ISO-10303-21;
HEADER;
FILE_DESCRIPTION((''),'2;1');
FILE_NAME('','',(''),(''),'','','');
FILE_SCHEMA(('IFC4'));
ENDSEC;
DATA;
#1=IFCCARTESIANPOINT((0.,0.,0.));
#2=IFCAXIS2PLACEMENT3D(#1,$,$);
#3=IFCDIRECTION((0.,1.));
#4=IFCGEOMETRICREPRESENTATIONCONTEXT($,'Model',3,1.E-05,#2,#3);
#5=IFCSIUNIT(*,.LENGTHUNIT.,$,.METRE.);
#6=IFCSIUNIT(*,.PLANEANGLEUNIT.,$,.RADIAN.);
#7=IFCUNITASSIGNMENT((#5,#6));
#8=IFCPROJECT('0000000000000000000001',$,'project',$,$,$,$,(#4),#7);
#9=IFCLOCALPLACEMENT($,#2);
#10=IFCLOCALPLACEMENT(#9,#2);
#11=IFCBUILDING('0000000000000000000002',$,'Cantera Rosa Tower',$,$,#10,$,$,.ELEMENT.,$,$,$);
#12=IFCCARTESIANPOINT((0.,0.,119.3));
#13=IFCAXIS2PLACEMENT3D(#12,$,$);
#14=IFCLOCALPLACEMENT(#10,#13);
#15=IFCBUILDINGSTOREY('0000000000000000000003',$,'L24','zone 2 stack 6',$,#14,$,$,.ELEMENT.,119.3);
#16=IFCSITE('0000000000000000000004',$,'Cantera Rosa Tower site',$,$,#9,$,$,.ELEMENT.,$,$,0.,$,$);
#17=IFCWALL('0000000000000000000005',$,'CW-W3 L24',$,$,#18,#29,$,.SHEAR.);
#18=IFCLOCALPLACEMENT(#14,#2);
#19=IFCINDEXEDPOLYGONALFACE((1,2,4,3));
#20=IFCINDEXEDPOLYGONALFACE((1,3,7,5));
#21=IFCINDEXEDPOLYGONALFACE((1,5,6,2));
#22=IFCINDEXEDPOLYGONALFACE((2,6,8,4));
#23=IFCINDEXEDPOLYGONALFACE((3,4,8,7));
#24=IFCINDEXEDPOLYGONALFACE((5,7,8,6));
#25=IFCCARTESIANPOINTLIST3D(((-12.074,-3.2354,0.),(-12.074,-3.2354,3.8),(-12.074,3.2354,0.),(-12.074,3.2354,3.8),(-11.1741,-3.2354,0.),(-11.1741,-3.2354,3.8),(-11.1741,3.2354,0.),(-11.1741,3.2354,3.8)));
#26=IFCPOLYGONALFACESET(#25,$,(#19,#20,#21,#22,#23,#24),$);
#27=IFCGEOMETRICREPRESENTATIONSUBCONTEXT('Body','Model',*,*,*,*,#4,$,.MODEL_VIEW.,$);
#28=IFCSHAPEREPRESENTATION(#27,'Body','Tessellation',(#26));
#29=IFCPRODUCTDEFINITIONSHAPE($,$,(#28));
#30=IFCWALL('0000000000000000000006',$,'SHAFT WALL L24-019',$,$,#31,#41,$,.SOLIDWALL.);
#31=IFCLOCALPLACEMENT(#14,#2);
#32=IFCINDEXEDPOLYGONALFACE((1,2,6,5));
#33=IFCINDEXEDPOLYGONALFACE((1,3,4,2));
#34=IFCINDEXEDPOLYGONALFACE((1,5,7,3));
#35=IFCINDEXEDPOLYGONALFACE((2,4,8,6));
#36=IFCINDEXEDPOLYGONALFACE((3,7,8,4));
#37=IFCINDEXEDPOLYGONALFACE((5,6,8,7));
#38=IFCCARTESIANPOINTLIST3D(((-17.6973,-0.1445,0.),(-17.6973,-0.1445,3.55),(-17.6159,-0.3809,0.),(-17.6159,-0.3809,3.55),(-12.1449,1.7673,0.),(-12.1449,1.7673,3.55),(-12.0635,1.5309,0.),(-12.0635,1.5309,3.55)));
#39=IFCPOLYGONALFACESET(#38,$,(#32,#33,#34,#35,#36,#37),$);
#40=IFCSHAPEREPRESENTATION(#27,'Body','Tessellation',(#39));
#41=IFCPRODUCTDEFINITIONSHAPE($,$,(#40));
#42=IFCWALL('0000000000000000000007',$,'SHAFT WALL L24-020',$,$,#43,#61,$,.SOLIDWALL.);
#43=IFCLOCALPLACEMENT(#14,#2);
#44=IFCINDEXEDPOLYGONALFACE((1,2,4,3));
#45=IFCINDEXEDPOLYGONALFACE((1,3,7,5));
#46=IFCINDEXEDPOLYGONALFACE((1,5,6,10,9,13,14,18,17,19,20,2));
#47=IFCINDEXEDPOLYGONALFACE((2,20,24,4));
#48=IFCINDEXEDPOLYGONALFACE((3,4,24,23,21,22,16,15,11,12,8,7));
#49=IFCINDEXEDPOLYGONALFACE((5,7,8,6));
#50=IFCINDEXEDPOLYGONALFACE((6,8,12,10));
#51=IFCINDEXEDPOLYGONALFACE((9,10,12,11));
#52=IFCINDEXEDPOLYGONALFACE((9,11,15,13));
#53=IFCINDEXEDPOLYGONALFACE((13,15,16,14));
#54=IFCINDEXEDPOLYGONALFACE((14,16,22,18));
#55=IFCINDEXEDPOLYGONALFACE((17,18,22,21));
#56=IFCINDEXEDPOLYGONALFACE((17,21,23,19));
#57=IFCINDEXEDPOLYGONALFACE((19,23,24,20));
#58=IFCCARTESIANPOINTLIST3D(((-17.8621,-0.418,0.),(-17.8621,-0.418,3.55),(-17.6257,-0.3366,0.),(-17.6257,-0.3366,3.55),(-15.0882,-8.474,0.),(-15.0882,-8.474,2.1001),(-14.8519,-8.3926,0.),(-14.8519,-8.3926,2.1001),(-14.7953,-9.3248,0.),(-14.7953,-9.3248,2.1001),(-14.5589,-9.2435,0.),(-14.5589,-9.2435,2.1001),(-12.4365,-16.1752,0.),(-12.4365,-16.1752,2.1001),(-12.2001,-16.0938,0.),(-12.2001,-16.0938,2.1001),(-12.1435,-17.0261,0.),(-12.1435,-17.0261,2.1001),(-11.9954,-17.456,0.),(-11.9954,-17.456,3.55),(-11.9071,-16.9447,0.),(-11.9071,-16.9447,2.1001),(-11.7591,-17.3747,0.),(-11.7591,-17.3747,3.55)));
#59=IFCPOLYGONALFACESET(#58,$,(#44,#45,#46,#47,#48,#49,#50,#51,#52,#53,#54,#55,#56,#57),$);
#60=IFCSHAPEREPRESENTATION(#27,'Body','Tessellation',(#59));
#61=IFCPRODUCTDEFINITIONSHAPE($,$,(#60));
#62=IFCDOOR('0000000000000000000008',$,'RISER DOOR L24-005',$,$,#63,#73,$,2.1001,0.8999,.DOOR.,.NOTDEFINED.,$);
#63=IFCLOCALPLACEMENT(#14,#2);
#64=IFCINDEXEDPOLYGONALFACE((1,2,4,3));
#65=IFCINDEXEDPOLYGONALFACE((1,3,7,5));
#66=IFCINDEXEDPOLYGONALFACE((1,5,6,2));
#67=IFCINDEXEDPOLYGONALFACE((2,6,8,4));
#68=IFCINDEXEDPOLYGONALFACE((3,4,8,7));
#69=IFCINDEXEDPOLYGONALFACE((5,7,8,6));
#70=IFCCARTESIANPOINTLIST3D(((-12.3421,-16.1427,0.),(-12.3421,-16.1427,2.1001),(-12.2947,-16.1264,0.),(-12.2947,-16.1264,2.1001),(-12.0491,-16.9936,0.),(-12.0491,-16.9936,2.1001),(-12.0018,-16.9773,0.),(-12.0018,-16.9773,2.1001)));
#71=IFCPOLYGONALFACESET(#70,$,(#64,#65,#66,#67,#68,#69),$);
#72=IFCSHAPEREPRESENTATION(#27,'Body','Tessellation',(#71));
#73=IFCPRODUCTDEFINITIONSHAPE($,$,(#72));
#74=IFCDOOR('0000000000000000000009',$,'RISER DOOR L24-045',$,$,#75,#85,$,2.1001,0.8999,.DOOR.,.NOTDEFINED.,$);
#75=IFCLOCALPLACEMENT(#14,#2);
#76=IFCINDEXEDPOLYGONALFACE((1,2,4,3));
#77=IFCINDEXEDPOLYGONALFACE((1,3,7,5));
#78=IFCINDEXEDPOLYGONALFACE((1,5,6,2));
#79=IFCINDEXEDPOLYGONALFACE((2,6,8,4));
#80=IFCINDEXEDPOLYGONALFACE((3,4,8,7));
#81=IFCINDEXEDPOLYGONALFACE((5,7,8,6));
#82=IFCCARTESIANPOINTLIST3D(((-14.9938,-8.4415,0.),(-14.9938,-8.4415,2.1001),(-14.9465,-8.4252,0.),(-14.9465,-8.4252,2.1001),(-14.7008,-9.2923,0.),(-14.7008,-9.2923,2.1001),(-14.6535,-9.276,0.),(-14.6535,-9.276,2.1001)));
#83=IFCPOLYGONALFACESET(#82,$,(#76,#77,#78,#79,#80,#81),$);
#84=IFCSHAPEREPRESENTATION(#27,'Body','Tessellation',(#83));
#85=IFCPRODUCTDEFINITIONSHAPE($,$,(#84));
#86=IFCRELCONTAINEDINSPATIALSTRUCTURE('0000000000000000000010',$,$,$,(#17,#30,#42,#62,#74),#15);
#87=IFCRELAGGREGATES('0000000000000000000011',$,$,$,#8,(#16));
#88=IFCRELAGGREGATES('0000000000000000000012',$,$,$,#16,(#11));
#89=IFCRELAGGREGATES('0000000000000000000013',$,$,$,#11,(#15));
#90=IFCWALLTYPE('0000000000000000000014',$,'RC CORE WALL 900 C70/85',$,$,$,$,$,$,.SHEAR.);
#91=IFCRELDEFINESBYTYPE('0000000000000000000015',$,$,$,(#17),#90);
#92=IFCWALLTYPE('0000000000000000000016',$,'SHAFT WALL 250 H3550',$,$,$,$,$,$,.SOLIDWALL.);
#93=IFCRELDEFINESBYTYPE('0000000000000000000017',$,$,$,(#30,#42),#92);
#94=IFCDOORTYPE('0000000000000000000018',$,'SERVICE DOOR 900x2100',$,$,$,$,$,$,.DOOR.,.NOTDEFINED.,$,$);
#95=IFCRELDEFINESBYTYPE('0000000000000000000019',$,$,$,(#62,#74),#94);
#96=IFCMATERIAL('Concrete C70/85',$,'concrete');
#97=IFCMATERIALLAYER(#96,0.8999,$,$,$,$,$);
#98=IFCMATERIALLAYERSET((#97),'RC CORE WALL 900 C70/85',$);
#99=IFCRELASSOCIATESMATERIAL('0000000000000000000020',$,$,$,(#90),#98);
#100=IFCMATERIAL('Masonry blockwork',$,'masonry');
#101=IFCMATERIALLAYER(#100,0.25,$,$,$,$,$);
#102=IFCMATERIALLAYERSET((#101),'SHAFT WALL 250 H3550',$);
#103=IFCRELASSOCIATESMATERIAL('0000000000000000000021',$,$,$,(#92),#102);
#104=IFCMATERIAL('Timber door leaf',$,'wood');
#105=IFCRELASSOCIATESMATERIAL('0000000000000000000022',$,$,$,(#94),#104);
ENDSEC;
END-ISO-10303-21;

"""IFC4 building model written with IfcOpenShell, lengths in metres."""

from ifc_helpers import new_model, si_unit, direction, frame, frame_2d, origin, place, context, subcontext, project, spatial, rectangle, extrude, material, layer, layer_set, type_object, element, fill, save


model = new_model("IFC4")

# Units and contexts
model_context = context("Model", 3, precision=1e-05, world=origin(), true_north=direction((0.0, 1.0)))
body_context = subcontext(model_context, "Body", "Model", "MODEL_VIEW")
ifc_project = project(units=[si_unit("LENGTHUNIT", "METRE"), si_unit("PLANEANGLEUNIT", "RADIAN")], contexts=[model_context])

# Site, building, storey
site_placement = place(None, origin())
site = spatial("IfcSite", under=ifc_project, at=site_placement, Name="Cantera Rosa Tower site", CompositionType="ELEMENT", RefElevation=0.0)
building_placement = place(site_placement, origin())
building = spatial("IfcBuilding", under=site, at=building_placement, Name="Cantera Rosa Tower", CompositionType="ELEMENT")
storey_placement = place(building_placement, frame((0.0, 0.0, 119.3)))
storey = spatial("IfcBuildingStorey", under=building, at=storey_placement, Name="L24", Description="zone 2 stack 6", CompositionType="ELEMENT", Elevation=119.3)

# Walls
ifc_material_1 = material(Name="Concrete C70/85", Category="concrete")
ifc_layer_1 = layer(ifc_material_1, 0.8999)
ifc_layer_set_1 = layer_set([ifc_layer_1], Name="RC CORE WALL 900 C70/85")
wall_type_1 = type_object("IfcWallType", Name="RC CORE WALL 900 C70/85", PredefinedType="SHEAR", material=ifc_layer_set_1)
wall_1_placement = place(storey_placement, frame((-11.624, -3.2354, 0.0), z_axis=(0.0, 0.0, 1.0), x_axis=(0.0, 1.0, 0.0)))
element("IfcWall", 1, at=wall_1_placement, inside=storey, type_object=wall_type_1, Name="CW-W3 L24", PredefinedType="SHEAR", context=body_context, shape_type="SweptSolid", body=[
    extrude(rectangle(XDim=6.4707, YDim=0.8999, at=frame_2d((3.2354, 0.0))), origin(), (0.0, 0.0, 1.0), 3.8),
])
ifc_material_2 = material(Name="Masonry blockwork", Category="masonry")
ifc_layer_2 = layer(ifc_material_2, 0.25)
ifc_layer_set_2 = layer_set([ifc_layer_2], Name="SHAFT WALL 250 H3550")
wall_type_2 = type_object("IfcWallType", Name="SHAFT WALL 250 H3550", PredefinedType="SOLIDWALL", material=ifc_layer_set_2)
wall_2_placement = place(storey_placement, frame((-17.6565, -0.2627, 0.0), z_axis=(0.0, 0.0, 1.0), x_axis=(0.945519, 0.325567, 0.0)))
element("IfcWall", 2, at=wall_2_placement, inside=storey, type_object=wall_type_2, Name="SHAFT WALL L24-019", PredefinedType="SOLIDWALL", context=body_context, shape_type="SweptSolid", body=[
    extrude(rectangle(XDim=5.8723, YDim=0.25, at=frame_2d((2.936, 0.0))), origin(), (0.0, 0.0, 1.0), 3.55),
])

# Wall, openings, doors
wall_3_placement = place(storey_placement, frame((-17.7439, -0.3774, 0.0), z_axis=(0.0, 0.0, 1.0), x_axis=(0.325569, -0.945518, 0.0)))
wall_3 = element("IfcWall", 3, at=wall_3_placement, inside=storey, type_object=wall_type_2, Name="SHAFT WALL L24-020", PredefinedType="SOLIDWALL", context=body_context, shape_type="SweptSolid", body=[
    extrude(rectangle(XDim=18.0198, YDim=0.25, at=frame_2d((9.0098, 0.0))), origin(), (0.0, 0.0, 1.0), 3.55),
])
opening_1_placement = place(wall_3_placement, frame((16.665, 0.0, 0.0)))
opening_1 = element("IfcOpeningElement", 4, at=opening_1_placement, cuts=wall_3, PredefinedType="OPENING", context=body_context, shape_type="SweptSolid", body=[
    extrude(rectangle(XDim=0.8999, YDim=2.1001, at=frame_2d((0.45, 1.05))), frame((0.0, 0.135, 0.0), z_axis=(0.0, -1.0, 0.0), x_axis=(1.0, 0.0, 0.0)), (0.0, 0.0, 1.0), 0.27),
])
opening_2_placement = place(wall_3_placement, frame((8.52, 0.0, 0.0)))
opening_2 = element("IfcOpeningElement", 5, at=opening_2_placement, cuts=wall_3, PredefinedType="OPENING", context=body_context, shape_type="SweptSolid", body=[
    extrude(rectangle(XDim=0.8999, YDim=2.1001, at=frame_2d((0.45, 1.05))), frame((0.0, 0.135, 0.0), z_axis=(0.0, -1.0, 0.0), x_axis=(1.0, 0.0, 0.0)), (0.0, 0.0, 1.0), 0.27),
])
ifc_material_3 = material(Name="Timber door leaf", Category="wood")
door_type_1 = type_object("IfcDoorType", Name="SERVICE DOOR 900x2100", OperationType="NOTDEFINED", PredefinedType="DOOR", material=ifc_material_3)
door_1_placement = place(opening_1_placement, origin())
door_1 = element("IfcDoor", 6, at=door_1_placement, inside=storey, type_object=door_type_1, Name="RISER DOOR L24-005", OperationType="NOTDEFINED", OverallHeight=2.1001, OverallWidth=0.8999, PredefinedType="DOOR", context=body_context, shape_type="SweptSolid", body=[
    extrude(rectangle(XDim=0.8999, YDim=2.1001, at=frame_2d((0.45, 1.05))), frame((0.0, 0.0249, 0.0), z_axis=(0.0, -1.0, 0.0), x_axis=(1.0, 0.0, 0.0)), (0.0, 0.0, 1.0), 0.05),
])
fill(opening_1, door_1)
door_2_placement = place(opening_2_placement, origin())
door_2 = element("IfcDoor", 7, at=door_2_placement, inside=storey, type_object=door_type_1, Name="RISER DOOR L24-045", OperationType="NOTDEFINED", OverallHeight=2.1001, OverallWidth=0.8999, PredefinedType="DOOR", context=body_context, shape_type="SweptSolid", body=[
    extrude(rectangle(XDim=0.8999, YDim=2.1001, at=frame_2d((0.45, 1.05))), frame((0.0, 0.0249, 0.0), z_axis=(0.0, -1.0, 0.0), x_axis=(1.0, 0.0, 0.0)), (0.0, 0.0, 1.0), 0.05),
])
fill(opening_2, door_2)

save(model, "model.ifc")
